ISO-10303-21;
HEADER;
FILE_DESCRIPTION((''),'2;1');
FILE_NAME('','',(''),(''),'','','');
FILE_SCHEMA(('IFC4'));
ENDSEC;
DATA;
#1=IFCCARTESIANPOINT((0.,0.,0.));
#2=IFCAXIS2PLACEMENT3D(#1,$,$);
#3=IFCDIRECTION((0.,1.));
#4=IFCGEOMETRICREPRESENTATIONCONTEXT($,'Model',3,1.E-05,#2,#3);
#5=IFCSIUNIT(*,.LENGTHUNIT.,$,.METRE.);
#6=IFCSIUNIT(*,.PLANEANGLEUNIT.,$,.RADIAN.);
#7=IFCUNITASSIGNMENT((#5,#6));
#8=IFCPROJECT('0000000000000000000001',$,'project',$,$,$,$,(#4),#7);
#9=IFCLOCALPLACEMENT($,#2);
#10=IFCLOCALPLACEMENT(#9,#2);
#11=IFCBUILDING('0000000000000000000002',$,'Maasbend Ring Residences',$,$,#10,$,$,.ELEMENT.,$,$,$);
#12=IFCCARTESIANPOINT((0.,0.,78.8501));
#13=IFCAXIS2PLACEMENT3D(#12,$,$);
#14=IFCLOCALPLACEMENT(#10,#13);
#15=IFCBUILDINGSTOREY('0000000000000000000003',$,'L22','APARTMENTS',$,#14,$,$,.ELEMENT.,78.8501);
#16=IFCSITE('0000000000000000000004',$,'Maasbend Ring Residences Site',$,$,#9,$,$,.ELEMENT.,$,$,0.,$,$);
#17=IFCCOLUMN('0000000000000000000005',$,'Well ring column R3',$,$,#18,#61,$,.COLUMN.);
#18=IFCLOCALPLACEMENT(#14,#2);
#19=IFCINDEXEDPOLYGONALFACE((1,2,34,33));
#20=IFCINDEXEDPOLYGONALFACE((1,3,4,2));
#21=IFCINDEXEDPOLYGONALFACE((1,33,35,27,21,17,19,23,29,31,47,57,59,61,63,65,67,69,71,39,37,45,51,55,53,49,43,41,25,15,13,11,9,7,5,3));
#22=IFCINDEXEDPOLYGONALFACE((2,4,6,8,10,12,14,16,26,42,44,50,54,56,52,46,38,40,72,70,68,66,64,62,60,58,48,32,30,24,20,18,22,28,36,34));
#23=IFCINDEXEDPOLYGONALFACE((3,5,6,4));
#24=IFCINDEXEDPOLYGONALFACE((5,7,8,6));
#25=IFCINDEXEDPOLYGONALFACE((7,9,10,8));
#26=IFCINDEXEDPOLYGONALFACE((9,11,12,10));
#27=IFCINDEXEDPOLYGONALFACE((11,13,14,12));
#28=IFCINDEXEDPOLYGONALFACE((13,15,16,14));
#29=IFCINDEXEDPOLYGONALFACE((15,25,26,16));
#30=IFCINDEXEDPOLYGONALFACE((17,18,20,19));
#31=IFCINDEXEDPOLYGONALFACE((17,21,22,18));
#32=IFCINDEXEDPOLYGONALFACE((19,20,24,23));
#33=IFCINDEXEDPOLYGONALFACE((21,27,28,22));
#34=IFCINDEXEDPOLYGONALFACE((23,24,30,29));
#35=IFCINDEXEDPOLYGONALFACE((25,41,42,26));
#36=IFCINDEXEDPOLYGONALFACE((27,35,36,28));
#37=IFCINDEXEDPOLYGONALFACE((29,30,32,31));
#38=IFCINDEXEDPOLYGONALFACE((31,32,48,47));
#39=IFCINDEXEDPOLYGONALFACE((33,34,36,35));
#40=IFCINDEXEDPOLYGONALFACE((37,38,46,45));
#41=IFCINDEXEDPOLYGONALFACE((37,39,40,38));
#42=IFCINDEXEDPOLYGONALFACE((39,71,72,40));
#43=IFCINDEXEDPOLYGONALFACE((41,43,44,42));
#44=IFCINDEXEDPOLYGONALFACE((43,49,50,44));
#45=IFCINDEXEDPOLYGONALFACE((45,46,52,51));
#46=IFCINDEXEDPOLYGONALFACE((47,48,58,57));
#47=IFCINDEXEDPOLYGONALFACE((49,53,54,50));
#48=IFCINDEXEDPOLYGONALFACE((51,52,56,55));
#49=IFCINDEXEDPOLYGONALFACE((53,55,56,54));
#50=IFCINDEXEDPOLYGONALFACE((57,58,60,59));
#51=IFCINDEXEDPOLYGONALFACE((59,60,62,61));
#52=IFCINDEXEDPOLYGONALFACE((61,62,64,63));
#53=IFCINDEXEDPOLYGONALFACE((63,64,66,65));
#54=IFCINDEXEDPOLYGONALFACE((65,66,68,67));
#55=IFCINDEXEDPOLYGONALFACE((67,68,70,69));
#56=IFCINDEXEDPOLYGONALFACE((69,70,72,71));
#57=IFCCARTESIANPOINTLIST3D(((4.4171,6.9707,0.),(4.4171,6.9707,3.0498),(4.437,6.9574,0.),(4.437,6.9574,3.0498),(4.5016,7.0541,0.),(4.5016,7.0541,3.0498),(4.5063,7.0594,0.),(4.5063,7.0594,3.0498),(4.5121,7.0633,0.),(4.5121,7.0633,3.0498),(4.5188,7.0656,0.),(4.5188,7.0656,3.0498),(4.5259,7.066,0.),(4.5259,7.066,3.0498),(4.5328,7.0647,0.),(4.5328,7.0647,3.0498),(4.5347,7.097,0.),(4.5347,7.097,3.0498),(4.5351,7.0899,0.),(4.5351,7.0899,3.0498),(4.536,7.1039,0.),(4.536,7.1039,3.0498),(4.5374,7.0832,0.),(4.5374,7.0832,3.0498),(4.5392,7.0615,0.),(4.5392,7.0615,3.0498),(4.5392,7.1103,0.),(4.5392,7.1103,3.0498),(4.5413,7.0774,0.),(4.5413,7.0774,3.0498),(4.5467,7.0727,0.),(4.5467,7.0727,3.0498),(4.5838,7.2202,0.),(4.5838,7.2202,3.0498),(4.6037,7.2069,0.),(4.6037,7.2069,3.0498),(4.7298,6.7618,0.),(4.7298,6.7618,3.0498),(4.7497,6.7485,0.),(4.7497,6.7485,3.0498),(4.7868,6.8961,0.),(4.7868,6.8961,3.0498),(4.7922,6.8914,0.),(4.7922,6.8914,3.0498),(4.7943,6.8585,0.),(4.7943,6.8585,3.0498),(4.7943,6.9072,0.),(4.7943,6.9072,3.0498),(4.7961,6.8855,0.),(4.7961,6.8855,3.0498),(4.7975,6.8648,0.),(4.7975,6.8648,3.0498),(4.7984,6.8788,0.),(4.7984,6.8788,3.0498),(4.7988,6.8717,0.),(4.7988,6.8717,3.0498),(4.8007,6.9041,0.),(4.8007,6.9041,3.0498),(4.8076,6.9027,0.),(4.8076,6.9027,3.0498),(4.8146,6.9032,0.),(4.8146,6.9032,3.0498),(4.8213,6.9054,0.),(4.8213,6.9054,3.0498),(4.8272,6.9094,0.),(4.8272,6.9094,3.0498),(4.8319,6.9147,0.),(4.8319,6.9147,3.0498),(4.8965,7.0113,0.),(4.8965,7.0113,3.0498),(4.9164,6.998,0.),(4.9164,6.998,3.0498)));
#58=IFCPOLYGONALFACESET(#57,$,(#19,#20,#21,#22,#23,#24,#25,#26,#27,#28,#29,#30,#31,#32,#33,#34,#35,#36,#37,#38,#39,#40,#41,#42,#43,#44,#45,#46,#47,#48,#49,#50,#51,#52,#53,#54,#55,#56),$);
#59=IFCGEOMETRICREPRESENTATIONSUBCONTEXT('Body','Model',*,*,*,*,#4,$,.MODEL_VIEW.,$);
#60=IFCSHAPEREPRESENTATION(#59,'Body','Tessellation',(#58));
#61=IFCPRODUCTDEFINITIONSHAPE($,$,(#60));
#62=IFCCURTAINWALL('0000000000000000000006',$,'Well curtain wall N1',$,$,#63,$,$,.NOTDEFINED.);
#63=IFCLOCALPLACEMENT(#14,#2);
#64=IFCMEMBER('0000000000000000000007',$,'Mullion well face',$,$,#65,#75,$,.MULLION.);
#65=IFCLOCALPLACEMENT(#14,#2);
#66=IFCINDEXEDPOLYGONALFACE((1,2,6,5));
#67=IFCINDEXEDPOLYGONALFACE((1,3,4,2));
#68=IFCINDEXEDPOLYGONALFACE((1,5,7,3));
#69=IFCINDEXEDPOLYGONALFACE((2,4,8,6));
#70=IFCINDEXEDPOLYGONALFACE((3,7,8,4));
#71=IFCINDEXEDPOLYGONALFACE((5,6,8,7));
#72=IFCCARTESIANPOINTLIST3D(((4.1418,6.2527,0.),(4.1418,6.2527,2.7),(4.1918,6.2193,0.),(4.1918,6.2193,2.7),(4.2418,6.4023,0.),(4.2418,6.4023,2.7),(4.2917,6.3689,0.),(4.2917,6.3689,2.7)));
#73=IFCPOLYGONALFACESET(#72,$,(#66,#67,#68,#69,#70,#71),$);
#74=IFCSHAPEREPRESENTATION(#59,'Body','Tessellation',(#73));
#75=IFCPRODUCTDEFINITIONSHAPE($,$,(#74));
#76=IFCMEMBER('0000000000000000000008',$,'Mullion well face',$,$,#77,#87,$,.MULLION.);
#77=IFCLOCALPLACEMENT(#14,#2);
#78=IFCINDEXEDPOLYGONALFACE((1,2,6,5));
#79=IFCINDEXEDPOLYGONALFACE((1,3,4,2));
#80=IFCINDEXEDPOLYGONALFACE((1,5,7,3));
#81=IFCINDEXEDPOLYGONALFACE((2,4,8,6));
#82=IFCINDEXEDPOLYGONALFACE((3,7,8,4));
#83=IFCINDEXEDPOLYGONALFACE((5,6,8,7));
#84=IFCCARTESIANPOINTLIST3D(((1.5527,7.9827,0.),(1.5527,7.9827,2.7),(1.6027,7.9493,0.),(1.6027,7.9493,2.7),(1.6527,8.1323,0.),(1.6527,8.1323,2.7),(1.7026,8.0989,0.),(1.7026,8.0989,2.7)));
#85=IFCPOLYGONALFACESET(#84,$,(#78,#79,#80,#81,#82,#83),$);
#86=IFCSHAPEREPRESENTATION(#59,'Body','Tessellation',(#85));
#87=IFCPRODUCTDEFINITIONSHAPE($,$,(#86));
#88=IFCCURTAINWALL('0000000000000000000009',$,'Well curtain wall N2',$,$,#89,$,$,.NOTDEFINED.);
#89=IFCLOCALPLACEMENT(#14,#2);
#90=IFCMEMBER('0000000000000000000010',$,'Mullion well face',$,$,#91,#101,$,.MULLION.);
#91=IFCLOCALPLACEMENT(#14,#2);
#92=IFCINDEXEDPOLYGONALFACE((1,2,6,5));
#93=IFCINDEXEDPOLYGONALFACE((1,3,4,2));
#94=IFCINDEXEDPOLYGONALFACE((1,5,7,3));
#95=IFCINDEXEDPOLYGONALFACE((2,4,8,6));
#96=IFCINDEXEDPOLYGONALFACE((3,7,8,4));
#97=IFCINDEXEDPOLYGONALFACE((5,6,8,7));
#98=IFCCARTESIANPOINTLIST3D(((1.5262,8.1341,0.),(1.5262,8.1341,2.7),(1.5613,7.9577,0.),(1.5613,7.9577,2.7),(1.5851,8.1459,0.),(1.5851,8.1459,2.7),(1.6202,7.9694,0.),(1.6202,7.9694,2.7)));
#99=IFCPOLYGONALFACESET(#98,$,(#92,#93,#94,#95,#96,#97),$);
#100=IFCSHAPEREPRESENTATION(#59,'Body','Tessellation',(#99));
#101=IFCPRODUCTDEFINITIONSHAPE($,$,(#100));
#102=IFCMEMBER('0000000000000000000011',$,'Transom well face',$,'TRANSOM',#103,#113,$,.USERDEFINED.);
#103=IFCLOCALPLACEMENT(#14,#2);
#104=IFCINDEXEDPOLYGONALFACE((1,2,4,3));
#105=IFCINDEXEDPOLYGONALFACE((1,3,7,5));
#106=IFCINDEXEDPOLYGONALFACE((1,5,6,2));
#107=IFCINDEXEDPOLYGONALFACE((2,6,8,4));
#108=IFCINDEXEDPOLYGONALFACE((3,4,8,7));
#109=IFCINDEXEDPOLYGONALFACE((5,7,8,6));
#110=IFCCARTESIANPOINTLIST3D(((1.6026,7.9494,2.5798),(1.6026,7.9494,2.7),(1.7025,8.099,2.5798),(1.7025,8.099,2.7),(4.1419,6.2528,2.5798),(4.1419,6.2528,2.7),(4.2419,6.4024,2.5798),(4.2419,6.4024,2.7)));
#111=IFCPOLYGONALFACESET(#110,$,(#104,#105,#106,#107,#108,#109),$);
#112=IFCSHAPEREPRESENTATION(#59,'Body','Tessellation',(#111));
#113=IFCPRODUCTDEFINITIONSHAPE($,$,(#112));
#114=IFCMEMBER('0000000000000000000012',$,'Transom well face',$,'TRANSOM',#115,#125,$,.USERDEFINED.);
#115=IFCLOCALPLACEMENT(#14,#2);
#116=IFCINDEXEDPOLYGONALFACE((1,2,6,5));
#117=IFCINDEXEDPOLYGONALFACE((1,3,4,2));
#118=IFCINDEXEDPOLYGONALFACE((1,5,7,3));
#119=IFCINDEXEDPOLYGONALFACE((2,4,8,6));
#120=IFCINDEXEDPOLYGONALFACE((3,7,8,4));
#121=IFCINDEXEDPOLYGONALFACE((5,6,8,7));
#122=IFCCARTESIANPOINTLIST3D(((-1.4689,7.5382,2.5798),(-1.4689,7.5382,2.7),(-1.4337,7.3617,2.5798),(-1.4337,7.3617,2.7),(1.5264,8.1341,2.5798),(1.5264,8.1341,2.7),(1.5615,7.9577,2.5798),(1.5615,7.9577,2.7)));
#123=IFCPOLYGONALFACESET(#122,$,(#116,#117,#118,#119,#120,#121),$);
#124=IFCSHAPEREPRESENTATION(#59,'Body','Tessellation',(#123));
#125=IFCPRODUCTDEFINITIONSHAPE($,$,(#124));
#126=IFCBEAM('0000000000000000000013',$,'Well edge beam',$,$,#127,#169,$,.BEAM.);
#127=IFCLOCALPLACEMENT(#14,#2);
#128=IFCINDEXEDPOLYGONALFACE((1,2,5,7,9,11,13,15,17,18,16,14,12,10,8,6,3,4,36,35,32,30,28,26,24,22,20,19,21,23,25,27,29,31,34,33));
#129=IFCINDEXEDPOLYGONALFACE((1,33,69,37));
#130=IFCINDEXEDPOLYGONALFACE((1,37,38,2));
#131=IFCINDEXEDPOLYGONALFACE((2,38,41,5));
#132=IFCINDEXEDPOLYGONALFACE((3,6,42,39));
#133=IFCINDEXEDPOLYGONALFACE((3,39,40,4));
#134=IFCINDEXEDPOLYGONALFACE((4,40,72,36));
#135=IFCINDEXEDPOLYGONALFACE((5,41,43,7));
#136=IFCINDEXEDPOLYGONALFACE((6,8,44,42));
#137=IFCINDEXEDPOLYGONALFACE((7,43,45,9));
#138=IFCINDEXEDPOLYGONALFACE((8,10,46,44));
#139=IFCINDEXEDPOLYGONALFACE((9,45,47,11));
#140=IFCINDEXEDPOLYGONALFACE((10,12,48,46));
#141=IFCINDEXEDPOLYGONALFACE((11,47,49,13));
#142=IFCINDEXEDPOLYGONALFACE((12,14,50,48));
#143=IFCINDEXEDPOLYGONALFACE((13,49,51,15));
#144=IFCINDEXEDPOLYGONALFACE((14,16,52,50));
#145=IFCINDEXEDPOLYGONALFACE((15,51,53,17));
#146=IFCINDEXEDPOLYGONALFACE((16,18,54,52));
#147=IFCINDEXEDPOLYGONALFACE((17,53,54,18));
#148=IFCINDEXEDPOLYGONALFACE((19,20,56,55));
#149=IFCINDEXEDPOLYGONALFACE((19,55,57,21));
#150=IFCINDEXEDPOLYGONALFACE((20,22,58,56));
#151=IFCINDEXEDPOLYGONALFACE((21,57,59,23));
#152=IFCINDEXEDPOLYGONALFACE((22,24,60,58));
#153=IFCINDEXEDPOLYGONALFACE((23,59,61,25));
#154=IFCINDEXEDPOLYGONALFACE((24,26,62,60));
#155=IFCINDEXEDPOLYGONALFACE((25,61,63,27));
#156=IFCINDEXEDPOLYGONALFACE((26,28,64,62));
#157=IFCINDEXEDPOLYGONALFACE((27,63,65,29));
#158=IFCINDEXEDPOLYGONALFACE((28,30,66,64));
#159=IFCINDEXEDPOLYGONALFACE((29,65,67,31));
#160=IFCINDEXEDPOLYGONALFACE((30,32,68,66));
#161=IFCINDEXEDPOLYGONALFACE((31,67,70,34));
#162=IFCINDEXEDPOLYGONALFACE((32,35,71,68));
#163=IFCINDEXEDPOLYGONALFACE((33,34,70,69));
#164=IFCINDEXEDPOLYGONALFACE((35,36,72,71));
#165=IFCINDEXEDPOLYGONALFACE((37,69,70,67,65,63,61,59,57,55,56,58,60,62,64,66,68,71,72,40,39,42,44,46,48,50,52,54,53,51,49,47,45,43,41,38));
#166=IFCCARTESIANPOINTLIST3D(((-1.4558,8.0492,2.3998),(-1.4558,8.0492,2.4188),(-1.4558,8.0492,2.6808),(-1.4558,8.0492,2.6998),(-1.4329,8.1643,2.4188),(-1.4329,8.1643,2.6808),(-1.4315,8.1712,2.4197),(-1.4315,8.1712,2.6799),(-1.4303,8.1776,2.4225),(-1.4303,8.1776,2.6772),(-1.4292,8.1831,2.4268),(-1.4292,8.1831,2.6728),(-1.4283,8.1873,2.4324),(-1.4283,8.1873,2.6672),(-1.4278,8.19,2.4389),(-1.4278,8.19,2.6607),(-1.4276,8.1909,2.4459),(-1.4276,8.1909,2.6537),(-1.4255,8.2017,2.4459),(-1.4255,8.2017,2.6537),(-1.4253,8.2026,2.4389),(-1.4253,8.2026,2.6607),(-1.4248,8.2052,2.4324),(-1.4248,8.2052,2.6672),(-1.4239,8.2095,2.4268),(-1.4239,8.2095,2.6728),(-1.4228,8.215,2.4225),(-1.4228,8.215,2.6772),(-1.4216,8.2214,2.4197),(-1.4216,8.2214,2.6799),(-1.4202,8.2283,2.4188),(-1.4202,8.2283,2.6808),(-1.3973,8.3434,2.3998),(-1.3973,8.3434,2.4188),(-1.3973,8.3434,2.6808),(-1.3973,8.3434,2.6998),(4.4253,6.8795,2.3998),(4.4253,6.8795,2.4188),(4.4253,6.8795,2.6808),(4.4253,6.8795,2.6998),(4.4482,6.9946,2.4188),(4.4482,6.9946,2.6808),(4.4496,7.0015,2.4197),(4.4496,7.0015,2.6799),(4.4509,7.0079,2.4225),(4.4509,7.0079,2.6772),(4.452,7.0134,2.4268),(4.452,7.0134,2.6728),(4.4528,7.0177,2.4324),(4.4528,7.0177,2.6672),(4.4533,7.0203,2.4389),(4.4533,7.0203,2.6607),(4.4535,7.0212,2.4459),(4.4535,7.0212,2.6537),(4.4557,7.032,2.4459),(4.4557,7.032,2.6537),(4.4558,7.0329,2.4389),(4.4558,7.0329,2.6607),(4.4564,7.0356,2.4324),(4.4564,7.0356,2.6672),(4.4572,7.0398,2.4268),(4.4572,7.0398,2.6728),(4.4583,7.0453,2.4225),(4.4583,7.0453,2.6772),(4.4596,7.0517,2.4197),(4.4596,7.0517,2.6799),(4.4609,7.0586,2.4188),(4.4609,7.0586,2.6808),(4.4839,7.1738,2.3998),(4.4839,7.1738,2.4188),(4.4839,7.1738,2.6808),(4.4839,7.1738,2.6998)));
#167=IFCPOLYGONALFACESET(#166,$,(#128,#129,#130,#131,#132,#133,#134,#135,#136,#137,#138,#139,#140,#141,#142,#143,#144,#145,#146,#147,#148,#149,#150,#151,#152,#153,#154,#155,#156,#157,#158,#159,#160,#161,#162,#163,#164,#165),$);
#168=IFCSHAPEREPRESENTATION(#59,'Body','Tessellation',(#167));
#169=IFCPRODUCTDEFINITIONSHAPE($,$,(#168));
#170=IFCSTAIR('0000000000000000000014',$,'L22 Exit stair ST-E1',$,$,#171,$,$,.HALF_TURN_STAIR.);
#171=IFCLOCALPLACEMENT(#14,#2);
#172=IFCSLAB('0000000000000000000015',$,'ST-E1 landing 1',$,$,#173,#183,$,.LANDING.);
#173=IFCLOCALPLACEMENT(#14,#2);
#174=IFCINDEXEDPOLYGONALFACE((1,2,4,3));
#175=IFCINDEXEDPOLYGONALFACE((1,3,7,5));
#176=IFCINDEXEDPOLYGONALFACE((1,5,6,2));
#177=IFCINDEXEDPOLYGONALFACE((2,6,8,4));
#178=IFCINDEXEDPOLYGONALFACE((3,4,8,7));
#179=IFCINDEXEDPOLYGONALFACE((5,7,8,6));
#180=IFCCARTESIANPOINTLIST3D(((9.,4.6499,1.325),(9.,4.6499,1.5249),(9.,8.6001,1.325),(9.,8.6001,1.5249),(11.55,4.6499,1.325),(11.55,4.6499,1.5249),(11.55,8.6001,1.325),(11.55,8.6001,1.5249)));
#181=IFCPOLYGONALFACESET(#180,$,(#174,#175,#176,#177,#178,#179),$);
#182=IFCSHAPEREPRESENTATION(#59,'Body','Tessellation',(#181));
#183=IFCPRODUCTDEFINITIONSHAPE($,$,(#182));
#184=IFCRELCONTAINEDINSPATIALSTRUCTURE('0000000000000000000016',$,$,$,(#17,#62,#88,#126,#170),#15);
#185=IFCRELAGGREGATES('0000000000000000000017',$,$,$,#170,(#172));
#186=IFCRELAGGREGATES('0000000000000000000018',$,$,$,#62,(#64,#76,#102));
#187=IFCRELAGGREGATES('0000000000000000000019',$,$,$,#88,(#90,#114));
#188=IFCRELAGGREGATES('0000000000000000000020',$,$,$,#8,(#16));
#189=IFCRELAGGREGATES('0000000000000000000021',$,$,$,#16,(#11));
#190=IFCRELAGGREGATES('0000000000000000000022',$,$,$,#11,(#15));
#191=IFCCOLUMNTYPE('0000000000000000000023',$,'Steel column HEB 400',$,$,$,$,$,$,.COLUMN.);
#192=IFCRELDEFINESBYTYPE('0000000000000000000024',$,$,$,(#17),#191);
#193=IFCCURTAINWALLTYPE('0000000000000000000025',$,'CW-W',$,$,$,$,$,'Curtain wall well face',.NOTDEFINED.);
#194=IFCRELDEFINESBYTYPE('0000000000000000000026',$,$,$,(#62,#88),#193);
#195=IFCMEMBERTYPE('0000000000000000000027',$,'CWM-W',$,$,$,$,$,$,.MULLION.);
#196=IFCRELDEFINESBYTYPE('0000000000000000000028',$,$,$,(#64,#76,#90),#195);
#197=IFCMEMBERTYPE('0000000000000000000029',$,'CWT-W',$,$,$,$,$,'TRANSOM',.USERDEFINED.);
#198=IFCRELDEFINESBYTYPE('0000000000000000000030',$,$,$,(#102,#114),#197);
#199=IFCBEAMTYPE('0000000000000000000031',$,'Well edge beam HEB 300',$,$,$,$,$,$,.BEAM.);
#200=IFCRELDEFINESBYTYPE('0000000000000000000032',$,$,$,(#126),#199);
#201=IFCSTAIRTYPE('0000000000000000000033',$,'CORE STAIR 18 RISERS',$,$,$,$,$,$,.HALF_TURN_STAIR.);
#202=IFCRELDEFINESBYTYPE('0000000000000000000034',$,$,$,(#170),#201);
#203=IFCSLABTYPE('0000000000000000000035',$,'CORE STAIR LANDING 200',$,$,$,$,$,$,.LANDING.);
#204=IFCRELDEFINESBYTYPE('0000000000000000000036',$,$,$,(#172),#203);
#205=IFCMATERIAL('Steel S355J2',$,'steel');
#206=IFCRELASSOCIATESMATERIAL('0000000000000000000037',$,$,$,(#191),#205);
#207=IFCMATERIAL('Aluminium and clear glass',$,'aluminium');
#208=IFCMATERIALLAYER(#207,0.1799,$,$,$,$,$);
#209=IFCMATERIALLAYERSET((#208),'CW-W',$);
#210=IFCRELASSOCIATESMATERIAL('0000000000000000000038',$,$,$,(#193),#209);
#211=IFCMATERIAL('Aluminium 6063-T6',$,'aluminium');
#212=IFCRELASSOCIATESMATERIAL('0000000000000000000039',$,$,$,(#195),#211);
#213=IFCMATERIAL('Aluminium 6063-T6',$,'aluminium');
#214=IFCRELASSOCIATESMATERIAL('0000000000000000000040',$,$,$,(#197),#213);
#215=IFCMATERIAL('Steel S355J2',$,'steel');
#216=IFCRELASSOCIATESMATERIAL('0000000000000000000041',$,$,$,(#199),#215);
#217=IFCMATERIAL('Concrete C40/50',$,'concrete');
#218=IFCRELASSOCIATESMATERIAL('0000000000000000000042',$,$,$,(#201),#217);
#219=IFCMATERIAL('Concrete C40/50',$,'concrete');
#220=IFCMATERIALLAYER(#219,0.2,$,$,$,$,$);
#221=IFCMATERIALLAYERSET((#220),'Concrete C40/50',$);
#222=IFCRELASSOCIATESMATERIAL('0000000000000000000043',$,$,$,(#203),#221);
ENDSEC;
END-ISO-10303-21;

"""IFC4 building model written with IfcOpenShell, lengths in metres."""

from ifc_helpers import new_model, si_unit, direction, frame, origin, origin_2d, place, context, subcontext, project, spatial, polyline, rectangle, i_section, outline, extrude, material, layer, layer_set, material_profile, profile_set, type_object, element, aggregate, save


model = new_model("IFC4")

# Units and contexts
model_context = context("Model", 3, precision=1e-05, world=origin(), true_north=direction((0.0, 1.0)))
body_context = subcontext(model_context, "Body", "Model", "MODEL_VIEW")
ifc_project = project(units=[si_unit("LENGTHUNIT", "METRE"), si_unit("PLANEANGLEUNIT", "RADIAN")], contexts=[model_context])

# Site, building, storey
site_placement = place(None, origin())
site = spatial("IfcSite", under=ifc_project, at=site_placement, Name="Maasbend Ring Residences Site", CompositionType="ELEMENT", RefElevation=0.0)
building_placement = place(site_placement, origin())
building = spatial("IfcBuilding", under=site, at=building_placement, Name="Maasbend Ring Residences", CompositionType="ELEMENT")
storey_placement = place(building_placement, frame((0.0, 0.0, 78.8501)))
storey = spatial("IfcBuildingStorey", under=building, at=storey_placement, Name="L22", Description="APARTMENTS", CompositionType="ELEMENT", Elevation=78.8501)

# Column
ifc_material_1 = material(Name="Steel S355J2", Category="steel")
ifc_material_profile_1 = material_profile(ifc_material_1, i_section(OverallWidth=0.3, OverallDepth=0.3999, WebThickness=0.0134, FlangeThickness=0.0239, FilletRadius=0.0271, at=origin_2d()), Name="HEB 400")
ifc_profile_set_1 = profile_set([ifc_material_profile_1], Name="Steel S355J2")
column_type = type_object("IfcColumnType", Name="Steel column HEB 400", PredefinedType="COLUMN", material=ifc_profile_set_1)
column_placement = place(storey_placement, frame((4.6667, 6.9844, 0.0), z_axis=(0.0, 0.0, 1.0), x_axis=(0.55557, 0.83147, 0.0)))
element("IfcColumn", 1, at=column_placement, inside=storey, type_object=column_type, Name="Well ring column R3", PredefinedType="COLUMN", context=body_context, shape_type="SweptSolid", body=[
    extrude(i_section(OverallWidth=0.3, OverallDepth=0.3999, WebThickness=0.0134, FlangeThickness=0.0239, FilletRadius=0.0271, at=origin_2d()), origin(), (0.0, 0.0, 1.0), 3.0498),
])

# Curtain wall, members
ifc_material_2 = material(Name="Aluminium and clear glass", Category="aluminium")
ifc_layer_1 = layer(ifc_material_2, 0.1799)
ifc_layer_set_1 = layer_set([ifc_layer_1], Name="CW-W")
curtain_wall_type = type_object("IfcCurtainWallType", Name="CW-W", ElementType="Curtain wall well face", PredefinedType="NOTDEFINED", material=ifc_layer_set_1)
curtain_wall_1_placement = place(storey_placement, origin())
curtain_wall_1 = element("IfcCurtainWall", 2, at=curtain_wall_1_placement, inside=storey, type_object=curtain_wall_type, Name="Well curtain wall N1", PredefinedType="NOTDEFINED")
ifc_material_3 = material(Name="Aluminium 6063-T6", Category="aluminium")
ifc_material_profile_2 = material_profile(ifc_material_3, rectangle(XDim=0.1799, YDim=0.0601, at=origin_2d()), Name="AL 180x60")
ifc_profile_set_2 = profile_set([ifc_material_profile_2], Name="Aluminium 6063-T6")
member_type_1 = type_object("IfcMemberType", Name="CWM-W", PredefinedType="MULLION", material=ifc_profile_set_2)
member_1_placement = place(storey_placement, frame((4.2168, 6.3108, 0.0), z_axis=(0.0, 0.0, 1.0), x_axis=(-0.55557, -0.83147, 0.0)))
member_1 = element("IfcMember", 3, at=member_1_placement, type_object=member_type_1, Name="Mullion well face", PredefinedType="MULLION", context=body_context, shape_type="SweptSolid", body=[
    extrude(rectangle(XDim=0.1799, YDim=0.0601, at=origin_2d()), origin(), (0.0, 0.0, 1.0), 2.7),
])
member_2_placement = place(storey_placement, frame((1.6277, 8.0408, 0.0), z_axis=(0.0, 0.0, 1.0), x_axis=(-0.55557, -0.83147, 0.0)))
member_2 = element("IfcMember", 4, at=member_2_placement, type_object=member_type_1, Name="Mullion well face", PredefinedType="MULLION", context=body_context, shape_type="SweptSolid", body=[
    extrude(rectangle(XDim=0.1799, YDim=0.0601, at=origin_2d()), origin(), (0.0, 0.0, 1.0), 2.7),
])

# Curtain wall, member
curtain_wall_2_placement = place(storey_placement, origin())
curtain_wall_2 = element("IfcCurtainWall", 5, at=curtain_wall_2_placement, inside=storey, type_object=curtain_wall_type, Name="Well curtain wall N2", PredefinedType="NOTDEFINED")
member_3_placement = place(storey_placement, frame((1.5732, 8.0518, 0.0), z_axis=(0.0, 0.0, 1.0), x_axis=(0.19509, -0.980785, 0.0)))
member_3 = element("IfcMember", 6, at=member_3_placement, type_object=member_type_1, Name="Mullion well face", PredefinedType="MULLION", context=body_context, shape_type="SweptSolid", body=[
    extrude(rectangle(XDim=0.1799, YDim=0.0601, at=origin_2d()), origin(), (0.0, 0.0, 1.0), 2.7),
])

# Members
ifc_material_4 = material(Name="Aluminium 6063-T6", Category="aluminium")
ifc_material_profile_3 = material_profile(ifc_material_4, rectangle(XDim=0.1799, YDim=0.1201, at=origin_2d()), Name="AL 180x120")
ifc_profile_set_3 = profile_set([ifc_material_profile_3], Name="Aluminium 6063-T6")
member_type_2 = type_object("IfcMemberType", Name="CWT-W", ElementType="TRANSOM", PredefinedType="USERDEFINED", material=ifc_profile_set_3)
member_4_placement = place(storey_placement, frame((4.1919, 6.3276, 2.6399), z_axis=(-0.831496, 0.55553, 0.0), x_axis=(-0.55553, -0.831496, 0.0)))
member_4 = element("IfcMember", 7, at=member_4_placement, type_object=member_type_2, Name="Transom well face", ObjectType="TRANSOM", PredefinedType="USERDEFINED", context=body_context, shape_type="SweptSolid", body=[
    extrude(rectangle(XDim=0.1799, YDim=0.1201, at=origin_2d()), origin(), (0.0, 0.0, 1.0), 3.054),
])
member_5_placement = place(storey_placement, frame((1.5439, 8.0459, 2.6399), z_axis=(-0.980777, -0.195132, 0.0), x_axis=(0.195132, -0.980777, 0.0)))
member_5 = element("IfcMember", 8, at=member_5_placement, type_object=member_type_2, Name="Transom well face", ObjectType="TRANSOM", PredefinedType="USERDEFINED", context=body_context, shape_type="SweptSolid", body=[
    extrude(rectangle(XDim=0.1799, YDim=0.1201, at=origin_2d()), origin(), (0.0, 0.0, 1.0), 3.054),
])

# Beam
ifc_material_5 = material(Name="Steel S355J2", Category="steel")
ifc_material_profile_4 = material_profile(ifc_material_5, i_section(OverallWidth=0.3, OverallDepth=0.3, WebThickness=0.011, FlangeThickness=0.019, FilletRadius=0.0271, at=origin_2d()), Name="HEB 300")
ifc_profile_set_4 = profile_set([ifc_material_profile_4], Name="Steel S355J2")
beam_type = type_object("IfcBeamType", Name="Well edge beam HEB 300", PredefinedType="BEAM", material=ifc_profile_set_4)
beam_placement = place(storey_placement, frame((4.4546, 7.0266, 2.5498), z_axis=(-0.98079, 0.195067, 0.0), x_axis=(-0.195067, -0.98079, 0.0)))
element("IfcBeam", 9, at=beam_placement, inside=storey, type_object=beam_type, Name="Well edge beam", PredefinedType="BEAM", context=body_context, shape_type="SweptSolid", body=[
    extrude(i_section(OverallWidth=0.3, OverallDepth=0.3, WebThickness=0.011, FlangeThickness=0.019, FilletRadius=0.0271, at=origin_2d()), origin(), (0.0, 0.0, 1.0), 5.9963),
])

# Stair, slab
ifc_material_6 = material(Name="Concrete C40/50", Category="concrete")
stair_type = type_object("IfcStairType", Name="CORE STAIR 18 RISERS", PredefinedType="HALF_TURN_STAIR", material=ifc_material_6)
stair_1_placement = place(storey_placement, origin())
stair_1 = element("IfcStair", 10, at=stair_1_placement, inside=storey, type_object=stair_type, Name="L22 Exit stair ST-E1", PredefinedType="HALF_TURN_STAIR")
ifc_material_7 = material(Name="Concrete C40/50", Category="concrete")
ifc_layer_2 = layer(ifc_material_7, 0.2)
ifc_layer_set_2 = layer_set([ifc_layer_2], Name="Concrete C40/50")
slab_type = type_object("IfcSlabType", Name="CORE STAIR LANDING 200", PredefinedType="LANDING", material=ifc_layer_set_2)
slab_1_placement = place(storey_placement, frame((0.0, 0.0, 1.325)))
slab_1 = element("IfcSlab", 11, at=slab_1_placement, type_object=slab_type, Name="ST-E1 landing 1", PredefinedType="LANDING", context=body_context, shape_type="SweptSolid", body=[
    extrude(outline(polyline([(11.55, 8.6001), (9.0, 8.6001), (9.0, 4.6499), (11.55, 4.6499), (11.55, 8.6001)])), origin(), (0.0, 0.0, 1.0), 0.2),
])
aggregate(stair_1, [slab_1])

aggregate(curtain_wall_1, [member_1, member_2, member_4])
aggregate(curtain_wall_2, [member_3, member_5])

save(model, "model.ifc")
